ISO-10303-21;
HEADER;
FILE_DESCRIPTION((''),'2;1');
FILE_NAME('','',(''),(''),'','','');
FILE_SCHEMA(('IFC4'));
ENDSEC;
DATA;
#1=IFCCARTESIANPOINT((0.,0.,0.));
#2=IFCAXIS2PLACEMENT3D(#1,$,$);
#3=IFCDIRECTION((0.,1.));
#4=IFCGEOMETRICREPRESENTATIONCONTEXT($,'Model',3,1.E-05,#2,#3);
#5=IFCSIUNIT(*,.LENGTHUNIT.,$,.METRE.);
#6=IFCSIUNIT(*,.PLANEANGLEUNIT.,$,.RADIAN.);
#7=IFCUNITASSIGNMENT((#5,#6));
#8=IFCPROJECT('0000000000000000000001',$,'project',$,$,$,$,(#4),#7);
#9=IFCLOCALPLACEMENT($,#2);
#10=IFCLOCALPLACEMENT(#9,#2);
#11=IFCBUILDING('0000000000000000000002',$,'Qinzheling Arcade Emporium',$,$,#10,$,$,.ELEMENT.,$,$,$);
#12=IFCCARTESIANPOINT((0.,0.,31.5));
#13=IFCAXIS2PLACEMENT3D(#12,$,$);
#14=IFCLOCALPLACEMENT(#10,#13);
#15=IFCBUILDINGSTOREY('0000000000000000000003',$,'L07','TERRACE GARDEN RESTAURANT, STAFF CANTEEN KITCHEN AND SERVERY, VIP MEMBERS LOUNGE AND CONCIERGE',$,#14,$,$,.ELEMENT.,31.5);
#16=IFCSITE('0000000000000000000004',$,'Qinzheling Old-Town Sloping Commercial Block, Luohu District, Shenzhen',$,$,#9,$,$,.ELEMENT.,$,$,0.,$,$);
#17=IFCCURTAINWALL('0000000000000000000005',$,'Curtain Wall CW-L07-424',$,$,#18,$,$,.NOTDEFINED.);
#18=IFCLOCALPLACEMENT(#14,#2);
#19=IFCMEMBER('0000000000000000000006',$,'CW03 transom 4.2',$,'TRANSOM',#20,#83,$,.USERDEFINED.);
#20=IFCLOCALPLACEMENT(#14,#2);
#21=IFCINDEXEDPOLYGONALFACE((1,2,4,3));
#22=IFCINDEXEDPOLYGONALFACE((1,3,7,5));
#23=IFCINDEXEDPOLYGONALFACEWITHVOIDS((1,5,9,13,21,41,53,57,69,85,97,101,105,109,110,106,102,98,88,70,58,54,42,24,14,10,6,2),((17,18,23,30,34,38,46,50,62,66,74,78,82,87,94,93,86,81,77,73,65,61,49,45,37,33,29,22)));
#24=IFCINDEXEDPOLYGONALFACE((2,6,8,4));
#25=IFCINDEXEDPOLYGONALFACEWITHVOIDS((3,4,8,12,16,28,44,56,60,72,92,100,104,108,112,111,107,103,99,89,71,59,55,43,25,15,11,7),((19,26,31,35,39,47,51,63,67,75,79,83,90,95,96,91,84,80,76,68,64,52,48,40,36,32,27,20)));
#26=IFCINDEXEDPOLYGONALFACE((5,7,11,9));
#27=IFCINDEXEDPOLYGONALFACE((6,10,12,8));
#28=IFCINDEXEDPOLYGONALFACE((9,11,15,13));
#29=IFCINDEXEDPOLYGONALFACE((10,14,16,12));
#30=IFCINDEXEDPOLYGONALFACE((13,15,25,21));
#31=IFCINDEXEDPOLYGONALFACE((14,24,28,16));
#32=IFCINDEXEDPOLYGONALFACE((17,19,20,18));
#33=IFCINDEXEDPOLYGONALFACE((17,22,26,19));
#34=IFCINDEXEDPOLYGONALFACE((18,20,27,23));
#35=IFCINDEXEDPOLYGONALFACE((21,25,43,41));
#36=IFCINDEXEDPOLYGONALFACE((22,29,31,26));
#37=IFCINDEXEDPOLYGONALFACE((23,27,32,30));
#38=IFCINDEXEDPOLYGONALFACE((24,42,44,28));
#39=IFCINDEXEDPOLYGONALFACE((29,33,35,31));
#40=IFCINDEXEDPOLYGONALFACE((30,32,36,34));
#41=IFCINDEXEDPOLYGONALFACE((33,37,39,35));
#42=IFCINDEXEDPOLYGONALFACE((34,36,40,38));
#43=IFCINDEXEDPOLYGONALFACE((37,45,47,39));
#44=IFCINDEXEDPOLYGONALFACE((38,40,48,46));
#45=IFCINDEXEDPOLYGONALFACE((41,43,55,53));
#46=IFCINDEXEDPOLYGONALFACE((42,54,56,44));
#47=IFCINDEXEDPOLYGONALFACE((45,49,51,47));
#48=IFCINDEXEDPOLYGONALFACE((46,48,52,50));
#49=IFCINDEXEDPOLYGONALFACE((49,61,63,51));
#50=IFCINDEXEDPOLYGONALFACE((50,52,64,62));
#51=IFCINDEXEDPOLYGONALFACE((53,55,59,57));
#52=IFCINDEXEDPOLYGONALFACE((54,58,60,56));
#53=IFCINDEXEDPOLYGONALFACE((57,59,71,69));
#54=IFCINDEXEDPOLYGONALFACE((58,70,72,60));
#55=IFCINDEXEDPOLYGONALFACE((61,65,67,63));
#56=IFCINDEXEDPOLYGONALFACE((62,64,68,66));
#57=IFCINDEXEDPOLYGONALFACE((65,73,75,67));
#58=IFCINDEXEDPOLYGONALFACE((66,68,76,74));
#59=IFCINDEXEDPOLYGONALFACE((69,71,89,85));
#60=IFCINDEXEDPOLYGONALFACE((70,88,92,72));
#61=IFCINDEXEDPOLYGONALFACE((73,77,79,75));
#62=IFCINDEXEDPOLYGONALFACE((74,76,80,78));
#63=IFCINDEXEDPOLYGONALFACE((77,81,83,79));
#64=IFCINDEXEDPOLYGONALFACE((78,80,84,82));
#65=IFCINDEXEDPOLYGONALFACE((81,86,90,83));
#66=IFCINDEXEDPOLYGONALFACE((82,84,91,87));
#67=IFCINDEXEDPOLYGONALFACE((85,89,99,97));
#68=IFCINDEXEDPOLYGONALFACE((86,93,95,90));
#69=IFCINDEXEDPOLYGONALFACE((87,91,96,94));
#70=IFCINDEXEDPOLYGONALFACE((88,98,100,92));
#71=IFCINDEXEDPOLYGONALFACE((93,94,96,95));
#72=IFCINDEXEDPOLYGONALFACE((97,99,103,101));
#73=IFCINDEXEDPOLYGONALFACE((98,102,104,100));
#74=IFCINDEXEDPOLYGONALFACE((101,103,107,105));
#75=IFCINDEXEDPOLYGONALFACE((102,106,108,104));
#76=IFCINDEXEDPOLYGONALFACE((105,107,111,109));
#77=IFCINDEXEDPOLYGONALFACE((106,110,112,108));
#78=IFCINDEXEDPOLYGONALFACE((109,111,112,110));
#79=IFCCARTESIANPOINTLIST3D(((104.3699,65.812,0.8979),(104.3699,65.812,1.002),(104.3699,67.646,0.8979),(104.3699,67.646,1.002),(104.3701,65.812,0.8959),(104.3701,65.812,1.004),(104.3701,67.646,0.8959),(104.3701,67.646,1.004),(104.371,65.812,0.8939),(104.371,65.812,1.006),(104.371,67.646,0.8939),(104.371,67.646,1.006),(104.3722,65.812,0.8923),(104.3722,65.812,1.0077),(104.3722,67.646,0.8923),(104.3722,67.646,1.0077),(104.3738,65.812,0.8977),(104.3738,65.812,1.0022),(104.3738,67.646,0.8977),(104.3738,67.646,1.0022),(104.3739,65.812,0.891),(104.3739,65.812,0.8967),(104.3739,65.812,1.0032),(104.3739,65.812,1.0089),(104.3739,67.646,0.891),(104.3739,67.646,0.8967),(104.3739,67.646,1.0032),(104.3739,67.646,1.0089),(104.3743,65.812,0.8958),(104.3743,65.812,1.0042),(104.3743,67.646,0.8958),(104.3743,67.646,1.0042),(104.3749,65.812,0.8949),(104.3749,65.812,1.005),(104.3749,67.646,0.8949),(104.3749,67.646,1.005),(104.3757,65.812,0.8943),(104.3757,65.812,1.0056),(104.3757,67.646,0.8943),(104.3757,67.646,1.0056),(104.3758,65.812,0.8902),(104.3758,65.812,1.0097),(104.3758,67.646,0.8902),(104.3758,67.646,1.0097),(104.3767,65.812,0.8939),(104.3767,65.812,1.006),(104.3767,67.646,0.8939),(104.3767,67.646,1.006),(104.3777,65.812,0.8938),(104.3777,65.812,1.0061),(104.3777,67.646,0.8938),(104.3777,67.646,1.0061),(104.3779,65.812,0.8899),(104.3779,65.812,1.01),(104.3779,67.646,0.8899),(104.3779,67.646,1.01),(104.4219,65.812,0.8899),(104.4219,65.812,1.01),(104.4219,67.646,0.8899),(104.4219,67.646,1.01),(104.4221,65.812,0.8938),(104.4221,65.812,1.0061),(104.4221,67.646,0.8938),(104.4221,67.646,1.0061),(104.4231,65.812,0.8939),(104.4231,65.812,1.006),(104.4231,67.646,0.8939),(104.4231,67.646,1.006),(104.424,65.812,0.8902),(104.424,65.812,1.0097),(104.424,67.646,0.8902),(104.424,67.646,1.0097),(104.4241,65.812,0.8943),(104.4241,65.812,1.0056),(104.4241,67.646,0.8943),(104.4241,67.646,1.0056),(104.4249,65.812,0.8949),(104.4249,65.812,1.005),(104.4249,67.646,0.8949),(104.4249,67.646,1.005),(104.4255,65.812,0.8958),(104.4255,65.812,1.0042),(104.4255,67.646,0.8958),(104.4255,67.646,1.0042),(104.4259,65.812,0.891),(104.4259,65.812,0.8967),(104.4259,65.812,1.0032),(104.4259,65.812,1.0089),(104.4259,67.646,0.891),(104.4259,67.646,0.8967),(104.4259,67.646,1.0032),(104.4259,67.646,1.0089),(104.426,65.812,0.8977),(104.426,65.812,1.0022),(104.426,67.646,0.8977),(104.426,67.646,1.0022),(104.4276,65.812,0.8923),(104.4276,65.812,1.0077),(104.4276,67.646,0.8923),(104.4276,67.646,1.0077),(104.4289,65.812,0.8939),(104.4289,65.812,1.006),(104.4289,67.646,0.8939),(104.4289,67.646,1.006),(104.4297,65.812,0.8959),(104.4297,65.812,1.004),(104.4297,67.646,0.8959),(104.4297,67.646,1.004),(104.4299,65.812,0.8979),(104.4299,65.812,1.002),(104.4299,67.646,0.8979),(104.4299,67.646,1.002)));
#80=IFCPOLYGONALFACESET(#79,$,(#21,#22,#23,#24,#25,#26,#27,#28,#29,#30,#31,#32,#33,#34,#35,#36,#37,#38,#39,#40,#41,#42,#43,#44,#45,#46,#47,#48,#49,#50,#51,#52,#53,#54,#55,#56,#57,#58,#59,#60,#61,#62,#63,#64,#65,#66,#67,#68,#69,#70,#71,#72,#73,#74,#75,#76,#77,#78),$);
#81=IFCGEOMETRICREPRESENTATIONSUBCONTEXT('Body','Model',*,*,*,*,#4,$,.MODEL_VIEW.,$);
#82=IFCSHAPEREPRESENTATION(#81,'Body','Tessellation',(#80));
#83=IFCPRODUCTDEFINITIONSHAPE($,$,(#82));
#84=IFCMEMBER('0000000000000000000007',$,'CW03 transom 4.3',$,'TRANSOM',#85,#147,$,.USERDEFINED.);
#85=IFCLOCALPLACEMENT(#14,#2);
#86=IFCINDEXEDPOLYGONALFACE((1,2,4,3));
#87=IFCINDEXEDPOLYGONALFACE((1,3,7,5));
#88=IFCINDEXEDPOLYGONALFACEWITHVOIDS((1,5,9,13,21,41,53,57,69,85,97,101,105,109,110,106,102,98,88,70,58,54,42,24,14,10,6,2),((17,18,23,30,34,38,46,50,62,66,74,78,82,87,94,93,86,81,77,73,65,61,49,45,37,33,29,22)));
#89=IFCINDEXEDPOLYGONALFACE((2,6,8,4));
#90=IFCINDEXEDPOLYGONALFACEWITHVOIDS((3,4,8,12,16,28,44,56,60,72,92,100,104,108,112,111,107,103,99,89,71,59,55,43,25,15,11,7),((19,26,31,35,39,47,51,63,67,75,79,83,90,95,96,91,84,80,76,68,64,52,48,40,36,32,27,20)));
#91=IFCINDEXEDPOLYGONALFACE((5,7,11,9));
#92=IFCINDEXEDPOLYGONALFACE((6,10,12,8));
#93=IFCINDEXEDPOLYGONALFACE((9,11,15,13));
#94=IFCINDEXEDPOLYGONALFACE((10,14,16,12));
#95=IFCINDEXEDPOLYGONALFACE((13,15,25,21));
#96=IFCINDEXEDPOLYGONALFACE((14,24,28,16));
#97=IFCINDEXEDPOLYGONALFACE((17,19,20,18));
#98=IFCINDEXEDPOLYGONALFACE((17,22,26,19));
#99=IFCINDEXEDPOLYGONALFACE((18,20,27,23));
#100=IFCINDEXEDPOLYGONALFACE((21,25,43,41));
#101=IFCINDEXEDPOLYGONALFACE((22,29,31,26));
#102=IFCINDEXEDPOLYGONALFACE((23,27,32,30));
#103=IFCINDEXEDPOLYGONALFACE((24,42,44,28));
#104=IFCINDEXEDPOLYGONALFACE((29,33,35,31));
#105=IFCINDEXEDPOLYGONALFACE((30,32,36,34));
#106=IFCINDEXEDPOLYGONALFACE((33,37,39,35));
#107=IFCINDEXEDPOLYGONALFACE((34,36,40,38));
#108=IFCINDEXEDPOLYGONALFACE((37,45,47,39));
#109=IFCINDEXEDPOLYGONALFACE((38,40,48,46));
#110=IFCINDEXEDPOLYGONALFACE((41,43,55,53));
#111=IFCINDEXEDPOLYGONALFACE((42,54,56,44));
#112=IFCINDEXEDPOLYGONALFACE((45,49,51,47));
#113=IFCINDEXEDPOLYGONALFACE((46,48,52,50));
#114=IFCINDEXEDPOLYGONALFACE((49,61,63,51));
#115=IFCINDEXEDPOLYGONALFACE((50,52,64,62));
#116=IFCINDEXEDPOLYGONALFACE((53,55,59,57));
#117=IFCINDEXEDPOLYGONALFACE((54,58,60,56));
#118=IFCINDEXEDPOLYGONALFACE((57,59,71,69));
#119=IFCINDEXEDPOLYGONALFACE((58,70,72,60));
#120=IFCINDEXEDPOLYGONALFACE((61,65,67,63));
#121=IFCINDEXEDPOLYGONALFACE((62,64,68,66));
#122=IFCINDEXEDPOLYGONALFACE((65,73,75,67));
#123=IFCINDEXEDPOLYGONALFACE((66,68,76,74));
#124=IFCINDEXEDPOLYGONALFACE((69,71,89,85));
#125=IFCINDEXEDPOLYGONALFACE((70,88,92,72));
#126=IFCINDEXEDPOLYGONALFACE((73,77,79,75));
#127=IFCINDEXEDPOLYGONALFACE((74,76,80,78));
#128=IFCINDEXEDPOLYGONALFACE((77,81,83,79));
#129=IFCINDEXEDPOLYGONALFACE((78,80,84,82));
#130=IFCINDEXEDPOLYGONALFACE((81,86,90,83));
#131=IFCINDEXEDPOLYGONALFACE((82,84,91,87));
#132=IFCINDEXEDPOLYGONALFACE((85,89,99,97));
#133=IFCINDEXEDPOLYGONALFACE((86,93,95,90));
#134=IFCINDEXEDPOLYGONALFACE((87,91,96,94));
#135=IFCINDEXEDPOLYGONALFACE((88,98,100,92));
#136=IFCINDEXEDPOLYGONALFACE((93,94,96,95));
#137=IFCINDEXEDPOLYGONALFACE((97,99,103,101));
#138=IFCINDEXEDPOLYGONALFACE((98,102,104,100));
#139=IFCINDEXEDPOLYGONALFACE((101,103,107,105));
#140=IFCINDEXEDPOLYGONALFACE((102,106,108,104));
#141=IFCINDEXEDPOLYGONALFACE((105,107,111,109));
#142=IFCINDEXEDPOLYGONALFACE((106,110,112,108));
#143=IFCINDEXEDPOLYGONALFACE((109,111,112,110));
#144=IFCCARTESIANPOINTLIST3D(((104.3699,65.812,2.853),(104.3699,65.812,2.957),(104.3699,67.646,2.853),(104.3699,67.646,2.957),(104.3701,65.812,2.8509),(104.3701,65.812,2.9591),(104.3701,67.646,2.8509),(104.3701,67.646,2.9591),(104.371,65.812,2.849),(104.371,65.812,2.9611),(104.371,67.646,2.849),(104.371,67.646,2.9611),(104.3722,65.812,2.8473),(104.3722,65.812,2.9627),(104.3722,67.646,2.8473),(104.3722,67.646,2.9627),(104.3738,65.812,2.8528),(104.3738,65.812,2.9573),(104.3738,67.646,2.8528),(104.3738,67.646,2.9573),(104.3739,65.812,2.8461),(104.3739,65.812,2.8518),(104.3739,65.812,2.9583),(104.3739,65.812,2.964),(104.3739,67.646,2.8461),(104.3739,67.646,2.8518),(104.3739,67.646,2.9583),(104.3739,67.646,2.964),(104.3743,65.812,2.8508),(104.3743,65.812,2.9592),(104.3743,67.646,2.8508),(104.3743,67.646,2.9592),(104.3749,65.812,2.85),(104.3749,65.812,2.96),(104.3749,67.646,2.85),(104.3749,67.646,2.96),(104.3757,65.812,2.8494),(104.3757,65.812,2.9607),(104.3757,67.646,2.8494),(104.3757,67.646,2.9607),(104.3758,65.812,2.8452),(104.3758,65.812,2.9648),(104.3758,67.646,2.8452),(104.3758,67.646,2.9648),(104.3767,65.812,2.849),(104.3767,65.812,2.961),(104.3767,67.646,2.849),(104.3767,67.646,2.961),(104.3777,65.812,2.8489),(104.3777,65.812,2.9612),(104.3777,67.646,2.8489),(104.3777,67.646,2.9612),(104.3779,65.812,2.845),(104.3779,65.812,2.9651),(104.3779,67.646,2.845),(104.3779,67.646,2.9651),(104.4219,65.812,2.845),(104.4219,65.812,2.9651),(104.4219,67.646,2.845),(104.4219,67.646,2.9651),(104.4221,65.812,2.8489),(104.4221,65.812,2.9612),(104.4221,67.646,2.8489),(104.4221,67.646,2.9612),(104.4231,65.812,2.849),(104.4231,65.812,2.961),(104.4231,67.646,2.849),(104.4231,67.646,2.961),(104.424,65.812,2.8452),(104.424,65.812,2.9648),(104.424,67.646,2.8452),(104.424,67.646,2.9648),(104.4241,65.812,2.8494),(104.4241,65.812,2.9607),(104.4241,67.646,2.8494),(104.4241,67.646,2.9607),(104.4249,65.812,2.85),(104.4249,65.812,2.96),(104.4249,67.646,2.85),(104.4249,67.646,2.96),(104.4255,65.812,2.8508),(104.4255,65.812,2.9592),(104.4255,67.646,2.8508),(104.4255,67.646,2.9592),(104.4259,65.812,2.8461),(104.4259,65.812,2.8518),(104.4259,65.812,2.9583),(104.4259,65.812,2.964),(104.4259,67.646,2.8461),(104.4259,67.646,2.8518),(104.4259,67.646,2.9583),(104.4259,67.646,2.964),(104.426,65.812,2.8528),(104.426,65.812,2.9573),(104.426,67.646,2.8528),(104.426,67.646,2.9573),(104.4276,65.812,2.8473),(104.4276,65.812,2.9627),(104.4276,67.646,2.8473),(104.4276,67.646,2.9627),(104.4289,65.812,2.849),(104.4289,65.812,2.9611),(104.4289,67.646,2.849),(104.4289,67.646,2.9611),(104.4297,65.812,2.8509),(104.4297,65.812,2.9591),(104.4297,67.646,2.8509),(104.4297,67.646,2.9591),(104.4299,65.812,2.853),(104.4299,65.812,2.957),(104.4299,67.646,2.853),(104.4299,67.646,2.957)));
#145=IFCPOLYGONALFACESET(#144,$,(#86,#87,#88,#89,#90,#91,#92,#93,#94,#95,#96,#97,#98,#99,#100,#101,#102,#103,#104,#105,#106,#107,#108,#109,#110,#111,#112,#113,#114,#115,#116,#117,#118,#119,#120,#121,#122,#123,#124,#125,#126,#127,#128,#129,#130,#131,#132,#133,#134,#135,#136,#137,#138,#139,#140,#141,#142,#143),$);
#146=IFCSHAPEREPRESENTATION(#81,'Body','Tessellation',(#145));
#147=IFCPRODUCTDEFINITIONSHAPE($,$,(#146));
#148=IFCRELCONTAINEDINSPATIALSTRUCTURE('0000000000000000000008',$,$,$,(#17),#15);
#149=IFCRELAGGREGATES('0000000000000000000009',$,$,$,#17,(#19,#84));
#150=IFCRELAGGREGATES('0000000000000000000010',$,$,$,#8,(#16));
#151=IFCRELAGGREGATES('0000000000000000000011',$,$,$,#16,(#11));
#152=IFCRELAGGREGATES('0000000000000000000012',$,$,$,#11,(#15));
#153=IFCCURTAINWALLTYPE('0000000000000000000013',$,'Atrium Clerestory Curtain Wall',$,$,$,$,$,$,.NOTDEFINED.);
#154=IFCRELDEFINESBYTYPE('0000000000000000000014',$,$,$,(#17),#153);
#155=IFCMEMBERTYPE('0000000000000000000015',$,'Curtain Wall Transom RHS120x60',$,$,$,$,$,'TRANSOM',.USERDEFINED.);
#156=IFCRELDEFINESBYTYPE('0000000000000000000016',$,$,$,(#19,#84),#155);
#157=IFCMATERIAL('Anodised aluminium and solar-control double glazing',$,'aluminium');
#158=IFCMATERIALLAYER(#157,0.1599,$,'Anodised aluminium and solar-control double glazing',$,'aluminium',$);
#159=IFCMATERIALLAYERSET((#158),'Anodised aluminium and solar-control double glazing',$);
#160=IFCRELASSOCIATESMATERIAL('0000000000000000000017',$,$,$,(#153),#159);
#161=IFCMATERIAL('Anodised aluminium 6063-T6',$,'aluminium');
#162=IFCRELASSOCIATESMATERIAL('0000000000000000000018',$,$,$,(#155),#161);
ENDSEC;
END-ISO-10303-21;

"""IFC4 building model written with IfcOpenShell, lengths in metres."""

from ifc_helpers import new_model, si_unit, direction, frame, origin, origin_2d, place, context, subcontext, project, spatial, hollow_rectangle, extrude, material, layer, layer_set, material_profile, profile_set, type_object, element, aggregate, save


model = new_model("IFC4")

# Units and contexts
model_context = context("Model", 3, precision=1e-05, world=origin(), true_north=direction((0.0, 1.0)))
body_context = subcontext(model_context, "Body", "Model", "MODEL_VIEW")
ifc_project = project(units=[si_unit("LENGTHUNIT", "METRE"), si_unit("PLANEANGLEUNIT", "RADIAN")], contexts=[model_context])

# Site, building, storey
site_placement = place(None, origin())
site = spatial("IfcSite", under=ifc_project, at=site_placement, Name="Qinzheling Old-Town Sloping Commercial Block, Luohu District, Shenzhen", CompositionType="ELEMENT", RefElevation=0.0)
building_placement = place(site_placement, origin())
building = spatial("IfcBuilding", under=site, at=building_placement, Name="Qinzheling Arcade Emporium", CompositionType="ELEMENT")
storey_placement = place(building_placement, frame((0.0, 0.0, 31.5)))
storey = spatial("IfcBuildingStorey", under=building, at=storey_placement, Name="L07", Description="TERRACE GARDEN RESTAURANT, STAFF CANTEEN KITCHEN AND SERVERY, VIP MEMBERS LOUNGE AND CONCIERGE", CompositionType="ELEMENT", Elevation=31.5)

# Curtain wall
ifc_material_1 = material(Name="Anodised aluminium and solar-control double glazing", Category="aluminium")
ifc_layer_1 = layer(ifc_material_1, 0.1599, Name="Anodised aluminium and solar-control double glazing", Category="aluminium")
ifc_layer_set_1 = layer_set([ifc_layer_1], Name="Anodised aluminium and solar-control double glazing")
curtain_wall_type = type_object("IfcCurtainWallType", Name="Atrium Clerestory Curtain Wall", PredefinedType="NOTDEFINED", material=ifc_layer_set_1)
curtain_wall_1_placement = place(storey_placement, origin())
curtain_wall_1 = element("IfcCurtainWall", 1, at=curtain_wall_1_placement, inside=storey, type_object=curtain_wall_type, Name="Curtain Wall CW-L07-424", PredefinedType="NOTDEFINED")
ifc_material_2 = material(Name="Anodised aluminium 6063-T6", Category="aluminium")

# Members
ifc_material_profile_1 = material_profile(ifc_material_2, hollow_rectangle(XDim=0.0601, YDim=0.1201, WallThickness=0.0039, InnerFilletRadius=0.0039, OuterFilletRadius=0.0081, at=origin_2d()), Name="RHS 120x60x4", Category="aluminium")
ifc_profile_set_1 = profile_set([ifc_material_profile_1], Name="Anodised aluminium 6063-T6")
member_type_1 = type_object("IfcMemberType", Name="Curtain Wall Transom RHS120x60", ElementType="TRANSOM", PredefinedType="USERDEFINED", material=ifc_profile_set_1)
member_1_placement = place(storey_placement, frame((104.3999, 67.646, 0.95), z_axis=(0.0, -1.0, 0.0), x_axis=(1.0, 0.0, 0.0)))
member_1 = element("IfcMember", 2, at=member_1_placement, type_object=member_type_1, Name="CW03 transom 4.2", ObjectType="TRANSOM", PredefinedType="USERDEFINED", context=body_context, shape_type="SweptSolid", body=[
    extrude(hollow_rectangle(XDim=0.0601, YDim=0.1201, WallThickness=0.0039, InnerFilletRadius=0.0039, OuterFilletRadius=0.0081, at=origin_2d()), origin(), (0.0, 0.0, 1.0), 1.834),
])
member_2_placement = place(storey_placement, frame((104.3999, 67.646, 2.905), z_axis=(0.0, -1.0, 0.0), x_axis=(1.0, 0.0, 0.0)))
member_2 = element("IfcMember", 3, at=member_2_placement, type_object=member_type_1, Name="CW03 transom 4.3", ObjectType="TRANSOM", PredefinedType="USERDEFINED", context=body_context, shape_type="SweptSolid", body=[
    extrude(hollow_rectangle(XDim=0.0601, YDim=0.1201, WallThickness=0.0039, InnerFilletRadius=0.0039, OuterFilletRadius=0.0081, at=origin_2d()), origin(), (0.0, 0.0, 1.0), 1.834),
])

aggregate(curtain_wall_1, [member_1, member_2])

save(model, "model.ifc")
